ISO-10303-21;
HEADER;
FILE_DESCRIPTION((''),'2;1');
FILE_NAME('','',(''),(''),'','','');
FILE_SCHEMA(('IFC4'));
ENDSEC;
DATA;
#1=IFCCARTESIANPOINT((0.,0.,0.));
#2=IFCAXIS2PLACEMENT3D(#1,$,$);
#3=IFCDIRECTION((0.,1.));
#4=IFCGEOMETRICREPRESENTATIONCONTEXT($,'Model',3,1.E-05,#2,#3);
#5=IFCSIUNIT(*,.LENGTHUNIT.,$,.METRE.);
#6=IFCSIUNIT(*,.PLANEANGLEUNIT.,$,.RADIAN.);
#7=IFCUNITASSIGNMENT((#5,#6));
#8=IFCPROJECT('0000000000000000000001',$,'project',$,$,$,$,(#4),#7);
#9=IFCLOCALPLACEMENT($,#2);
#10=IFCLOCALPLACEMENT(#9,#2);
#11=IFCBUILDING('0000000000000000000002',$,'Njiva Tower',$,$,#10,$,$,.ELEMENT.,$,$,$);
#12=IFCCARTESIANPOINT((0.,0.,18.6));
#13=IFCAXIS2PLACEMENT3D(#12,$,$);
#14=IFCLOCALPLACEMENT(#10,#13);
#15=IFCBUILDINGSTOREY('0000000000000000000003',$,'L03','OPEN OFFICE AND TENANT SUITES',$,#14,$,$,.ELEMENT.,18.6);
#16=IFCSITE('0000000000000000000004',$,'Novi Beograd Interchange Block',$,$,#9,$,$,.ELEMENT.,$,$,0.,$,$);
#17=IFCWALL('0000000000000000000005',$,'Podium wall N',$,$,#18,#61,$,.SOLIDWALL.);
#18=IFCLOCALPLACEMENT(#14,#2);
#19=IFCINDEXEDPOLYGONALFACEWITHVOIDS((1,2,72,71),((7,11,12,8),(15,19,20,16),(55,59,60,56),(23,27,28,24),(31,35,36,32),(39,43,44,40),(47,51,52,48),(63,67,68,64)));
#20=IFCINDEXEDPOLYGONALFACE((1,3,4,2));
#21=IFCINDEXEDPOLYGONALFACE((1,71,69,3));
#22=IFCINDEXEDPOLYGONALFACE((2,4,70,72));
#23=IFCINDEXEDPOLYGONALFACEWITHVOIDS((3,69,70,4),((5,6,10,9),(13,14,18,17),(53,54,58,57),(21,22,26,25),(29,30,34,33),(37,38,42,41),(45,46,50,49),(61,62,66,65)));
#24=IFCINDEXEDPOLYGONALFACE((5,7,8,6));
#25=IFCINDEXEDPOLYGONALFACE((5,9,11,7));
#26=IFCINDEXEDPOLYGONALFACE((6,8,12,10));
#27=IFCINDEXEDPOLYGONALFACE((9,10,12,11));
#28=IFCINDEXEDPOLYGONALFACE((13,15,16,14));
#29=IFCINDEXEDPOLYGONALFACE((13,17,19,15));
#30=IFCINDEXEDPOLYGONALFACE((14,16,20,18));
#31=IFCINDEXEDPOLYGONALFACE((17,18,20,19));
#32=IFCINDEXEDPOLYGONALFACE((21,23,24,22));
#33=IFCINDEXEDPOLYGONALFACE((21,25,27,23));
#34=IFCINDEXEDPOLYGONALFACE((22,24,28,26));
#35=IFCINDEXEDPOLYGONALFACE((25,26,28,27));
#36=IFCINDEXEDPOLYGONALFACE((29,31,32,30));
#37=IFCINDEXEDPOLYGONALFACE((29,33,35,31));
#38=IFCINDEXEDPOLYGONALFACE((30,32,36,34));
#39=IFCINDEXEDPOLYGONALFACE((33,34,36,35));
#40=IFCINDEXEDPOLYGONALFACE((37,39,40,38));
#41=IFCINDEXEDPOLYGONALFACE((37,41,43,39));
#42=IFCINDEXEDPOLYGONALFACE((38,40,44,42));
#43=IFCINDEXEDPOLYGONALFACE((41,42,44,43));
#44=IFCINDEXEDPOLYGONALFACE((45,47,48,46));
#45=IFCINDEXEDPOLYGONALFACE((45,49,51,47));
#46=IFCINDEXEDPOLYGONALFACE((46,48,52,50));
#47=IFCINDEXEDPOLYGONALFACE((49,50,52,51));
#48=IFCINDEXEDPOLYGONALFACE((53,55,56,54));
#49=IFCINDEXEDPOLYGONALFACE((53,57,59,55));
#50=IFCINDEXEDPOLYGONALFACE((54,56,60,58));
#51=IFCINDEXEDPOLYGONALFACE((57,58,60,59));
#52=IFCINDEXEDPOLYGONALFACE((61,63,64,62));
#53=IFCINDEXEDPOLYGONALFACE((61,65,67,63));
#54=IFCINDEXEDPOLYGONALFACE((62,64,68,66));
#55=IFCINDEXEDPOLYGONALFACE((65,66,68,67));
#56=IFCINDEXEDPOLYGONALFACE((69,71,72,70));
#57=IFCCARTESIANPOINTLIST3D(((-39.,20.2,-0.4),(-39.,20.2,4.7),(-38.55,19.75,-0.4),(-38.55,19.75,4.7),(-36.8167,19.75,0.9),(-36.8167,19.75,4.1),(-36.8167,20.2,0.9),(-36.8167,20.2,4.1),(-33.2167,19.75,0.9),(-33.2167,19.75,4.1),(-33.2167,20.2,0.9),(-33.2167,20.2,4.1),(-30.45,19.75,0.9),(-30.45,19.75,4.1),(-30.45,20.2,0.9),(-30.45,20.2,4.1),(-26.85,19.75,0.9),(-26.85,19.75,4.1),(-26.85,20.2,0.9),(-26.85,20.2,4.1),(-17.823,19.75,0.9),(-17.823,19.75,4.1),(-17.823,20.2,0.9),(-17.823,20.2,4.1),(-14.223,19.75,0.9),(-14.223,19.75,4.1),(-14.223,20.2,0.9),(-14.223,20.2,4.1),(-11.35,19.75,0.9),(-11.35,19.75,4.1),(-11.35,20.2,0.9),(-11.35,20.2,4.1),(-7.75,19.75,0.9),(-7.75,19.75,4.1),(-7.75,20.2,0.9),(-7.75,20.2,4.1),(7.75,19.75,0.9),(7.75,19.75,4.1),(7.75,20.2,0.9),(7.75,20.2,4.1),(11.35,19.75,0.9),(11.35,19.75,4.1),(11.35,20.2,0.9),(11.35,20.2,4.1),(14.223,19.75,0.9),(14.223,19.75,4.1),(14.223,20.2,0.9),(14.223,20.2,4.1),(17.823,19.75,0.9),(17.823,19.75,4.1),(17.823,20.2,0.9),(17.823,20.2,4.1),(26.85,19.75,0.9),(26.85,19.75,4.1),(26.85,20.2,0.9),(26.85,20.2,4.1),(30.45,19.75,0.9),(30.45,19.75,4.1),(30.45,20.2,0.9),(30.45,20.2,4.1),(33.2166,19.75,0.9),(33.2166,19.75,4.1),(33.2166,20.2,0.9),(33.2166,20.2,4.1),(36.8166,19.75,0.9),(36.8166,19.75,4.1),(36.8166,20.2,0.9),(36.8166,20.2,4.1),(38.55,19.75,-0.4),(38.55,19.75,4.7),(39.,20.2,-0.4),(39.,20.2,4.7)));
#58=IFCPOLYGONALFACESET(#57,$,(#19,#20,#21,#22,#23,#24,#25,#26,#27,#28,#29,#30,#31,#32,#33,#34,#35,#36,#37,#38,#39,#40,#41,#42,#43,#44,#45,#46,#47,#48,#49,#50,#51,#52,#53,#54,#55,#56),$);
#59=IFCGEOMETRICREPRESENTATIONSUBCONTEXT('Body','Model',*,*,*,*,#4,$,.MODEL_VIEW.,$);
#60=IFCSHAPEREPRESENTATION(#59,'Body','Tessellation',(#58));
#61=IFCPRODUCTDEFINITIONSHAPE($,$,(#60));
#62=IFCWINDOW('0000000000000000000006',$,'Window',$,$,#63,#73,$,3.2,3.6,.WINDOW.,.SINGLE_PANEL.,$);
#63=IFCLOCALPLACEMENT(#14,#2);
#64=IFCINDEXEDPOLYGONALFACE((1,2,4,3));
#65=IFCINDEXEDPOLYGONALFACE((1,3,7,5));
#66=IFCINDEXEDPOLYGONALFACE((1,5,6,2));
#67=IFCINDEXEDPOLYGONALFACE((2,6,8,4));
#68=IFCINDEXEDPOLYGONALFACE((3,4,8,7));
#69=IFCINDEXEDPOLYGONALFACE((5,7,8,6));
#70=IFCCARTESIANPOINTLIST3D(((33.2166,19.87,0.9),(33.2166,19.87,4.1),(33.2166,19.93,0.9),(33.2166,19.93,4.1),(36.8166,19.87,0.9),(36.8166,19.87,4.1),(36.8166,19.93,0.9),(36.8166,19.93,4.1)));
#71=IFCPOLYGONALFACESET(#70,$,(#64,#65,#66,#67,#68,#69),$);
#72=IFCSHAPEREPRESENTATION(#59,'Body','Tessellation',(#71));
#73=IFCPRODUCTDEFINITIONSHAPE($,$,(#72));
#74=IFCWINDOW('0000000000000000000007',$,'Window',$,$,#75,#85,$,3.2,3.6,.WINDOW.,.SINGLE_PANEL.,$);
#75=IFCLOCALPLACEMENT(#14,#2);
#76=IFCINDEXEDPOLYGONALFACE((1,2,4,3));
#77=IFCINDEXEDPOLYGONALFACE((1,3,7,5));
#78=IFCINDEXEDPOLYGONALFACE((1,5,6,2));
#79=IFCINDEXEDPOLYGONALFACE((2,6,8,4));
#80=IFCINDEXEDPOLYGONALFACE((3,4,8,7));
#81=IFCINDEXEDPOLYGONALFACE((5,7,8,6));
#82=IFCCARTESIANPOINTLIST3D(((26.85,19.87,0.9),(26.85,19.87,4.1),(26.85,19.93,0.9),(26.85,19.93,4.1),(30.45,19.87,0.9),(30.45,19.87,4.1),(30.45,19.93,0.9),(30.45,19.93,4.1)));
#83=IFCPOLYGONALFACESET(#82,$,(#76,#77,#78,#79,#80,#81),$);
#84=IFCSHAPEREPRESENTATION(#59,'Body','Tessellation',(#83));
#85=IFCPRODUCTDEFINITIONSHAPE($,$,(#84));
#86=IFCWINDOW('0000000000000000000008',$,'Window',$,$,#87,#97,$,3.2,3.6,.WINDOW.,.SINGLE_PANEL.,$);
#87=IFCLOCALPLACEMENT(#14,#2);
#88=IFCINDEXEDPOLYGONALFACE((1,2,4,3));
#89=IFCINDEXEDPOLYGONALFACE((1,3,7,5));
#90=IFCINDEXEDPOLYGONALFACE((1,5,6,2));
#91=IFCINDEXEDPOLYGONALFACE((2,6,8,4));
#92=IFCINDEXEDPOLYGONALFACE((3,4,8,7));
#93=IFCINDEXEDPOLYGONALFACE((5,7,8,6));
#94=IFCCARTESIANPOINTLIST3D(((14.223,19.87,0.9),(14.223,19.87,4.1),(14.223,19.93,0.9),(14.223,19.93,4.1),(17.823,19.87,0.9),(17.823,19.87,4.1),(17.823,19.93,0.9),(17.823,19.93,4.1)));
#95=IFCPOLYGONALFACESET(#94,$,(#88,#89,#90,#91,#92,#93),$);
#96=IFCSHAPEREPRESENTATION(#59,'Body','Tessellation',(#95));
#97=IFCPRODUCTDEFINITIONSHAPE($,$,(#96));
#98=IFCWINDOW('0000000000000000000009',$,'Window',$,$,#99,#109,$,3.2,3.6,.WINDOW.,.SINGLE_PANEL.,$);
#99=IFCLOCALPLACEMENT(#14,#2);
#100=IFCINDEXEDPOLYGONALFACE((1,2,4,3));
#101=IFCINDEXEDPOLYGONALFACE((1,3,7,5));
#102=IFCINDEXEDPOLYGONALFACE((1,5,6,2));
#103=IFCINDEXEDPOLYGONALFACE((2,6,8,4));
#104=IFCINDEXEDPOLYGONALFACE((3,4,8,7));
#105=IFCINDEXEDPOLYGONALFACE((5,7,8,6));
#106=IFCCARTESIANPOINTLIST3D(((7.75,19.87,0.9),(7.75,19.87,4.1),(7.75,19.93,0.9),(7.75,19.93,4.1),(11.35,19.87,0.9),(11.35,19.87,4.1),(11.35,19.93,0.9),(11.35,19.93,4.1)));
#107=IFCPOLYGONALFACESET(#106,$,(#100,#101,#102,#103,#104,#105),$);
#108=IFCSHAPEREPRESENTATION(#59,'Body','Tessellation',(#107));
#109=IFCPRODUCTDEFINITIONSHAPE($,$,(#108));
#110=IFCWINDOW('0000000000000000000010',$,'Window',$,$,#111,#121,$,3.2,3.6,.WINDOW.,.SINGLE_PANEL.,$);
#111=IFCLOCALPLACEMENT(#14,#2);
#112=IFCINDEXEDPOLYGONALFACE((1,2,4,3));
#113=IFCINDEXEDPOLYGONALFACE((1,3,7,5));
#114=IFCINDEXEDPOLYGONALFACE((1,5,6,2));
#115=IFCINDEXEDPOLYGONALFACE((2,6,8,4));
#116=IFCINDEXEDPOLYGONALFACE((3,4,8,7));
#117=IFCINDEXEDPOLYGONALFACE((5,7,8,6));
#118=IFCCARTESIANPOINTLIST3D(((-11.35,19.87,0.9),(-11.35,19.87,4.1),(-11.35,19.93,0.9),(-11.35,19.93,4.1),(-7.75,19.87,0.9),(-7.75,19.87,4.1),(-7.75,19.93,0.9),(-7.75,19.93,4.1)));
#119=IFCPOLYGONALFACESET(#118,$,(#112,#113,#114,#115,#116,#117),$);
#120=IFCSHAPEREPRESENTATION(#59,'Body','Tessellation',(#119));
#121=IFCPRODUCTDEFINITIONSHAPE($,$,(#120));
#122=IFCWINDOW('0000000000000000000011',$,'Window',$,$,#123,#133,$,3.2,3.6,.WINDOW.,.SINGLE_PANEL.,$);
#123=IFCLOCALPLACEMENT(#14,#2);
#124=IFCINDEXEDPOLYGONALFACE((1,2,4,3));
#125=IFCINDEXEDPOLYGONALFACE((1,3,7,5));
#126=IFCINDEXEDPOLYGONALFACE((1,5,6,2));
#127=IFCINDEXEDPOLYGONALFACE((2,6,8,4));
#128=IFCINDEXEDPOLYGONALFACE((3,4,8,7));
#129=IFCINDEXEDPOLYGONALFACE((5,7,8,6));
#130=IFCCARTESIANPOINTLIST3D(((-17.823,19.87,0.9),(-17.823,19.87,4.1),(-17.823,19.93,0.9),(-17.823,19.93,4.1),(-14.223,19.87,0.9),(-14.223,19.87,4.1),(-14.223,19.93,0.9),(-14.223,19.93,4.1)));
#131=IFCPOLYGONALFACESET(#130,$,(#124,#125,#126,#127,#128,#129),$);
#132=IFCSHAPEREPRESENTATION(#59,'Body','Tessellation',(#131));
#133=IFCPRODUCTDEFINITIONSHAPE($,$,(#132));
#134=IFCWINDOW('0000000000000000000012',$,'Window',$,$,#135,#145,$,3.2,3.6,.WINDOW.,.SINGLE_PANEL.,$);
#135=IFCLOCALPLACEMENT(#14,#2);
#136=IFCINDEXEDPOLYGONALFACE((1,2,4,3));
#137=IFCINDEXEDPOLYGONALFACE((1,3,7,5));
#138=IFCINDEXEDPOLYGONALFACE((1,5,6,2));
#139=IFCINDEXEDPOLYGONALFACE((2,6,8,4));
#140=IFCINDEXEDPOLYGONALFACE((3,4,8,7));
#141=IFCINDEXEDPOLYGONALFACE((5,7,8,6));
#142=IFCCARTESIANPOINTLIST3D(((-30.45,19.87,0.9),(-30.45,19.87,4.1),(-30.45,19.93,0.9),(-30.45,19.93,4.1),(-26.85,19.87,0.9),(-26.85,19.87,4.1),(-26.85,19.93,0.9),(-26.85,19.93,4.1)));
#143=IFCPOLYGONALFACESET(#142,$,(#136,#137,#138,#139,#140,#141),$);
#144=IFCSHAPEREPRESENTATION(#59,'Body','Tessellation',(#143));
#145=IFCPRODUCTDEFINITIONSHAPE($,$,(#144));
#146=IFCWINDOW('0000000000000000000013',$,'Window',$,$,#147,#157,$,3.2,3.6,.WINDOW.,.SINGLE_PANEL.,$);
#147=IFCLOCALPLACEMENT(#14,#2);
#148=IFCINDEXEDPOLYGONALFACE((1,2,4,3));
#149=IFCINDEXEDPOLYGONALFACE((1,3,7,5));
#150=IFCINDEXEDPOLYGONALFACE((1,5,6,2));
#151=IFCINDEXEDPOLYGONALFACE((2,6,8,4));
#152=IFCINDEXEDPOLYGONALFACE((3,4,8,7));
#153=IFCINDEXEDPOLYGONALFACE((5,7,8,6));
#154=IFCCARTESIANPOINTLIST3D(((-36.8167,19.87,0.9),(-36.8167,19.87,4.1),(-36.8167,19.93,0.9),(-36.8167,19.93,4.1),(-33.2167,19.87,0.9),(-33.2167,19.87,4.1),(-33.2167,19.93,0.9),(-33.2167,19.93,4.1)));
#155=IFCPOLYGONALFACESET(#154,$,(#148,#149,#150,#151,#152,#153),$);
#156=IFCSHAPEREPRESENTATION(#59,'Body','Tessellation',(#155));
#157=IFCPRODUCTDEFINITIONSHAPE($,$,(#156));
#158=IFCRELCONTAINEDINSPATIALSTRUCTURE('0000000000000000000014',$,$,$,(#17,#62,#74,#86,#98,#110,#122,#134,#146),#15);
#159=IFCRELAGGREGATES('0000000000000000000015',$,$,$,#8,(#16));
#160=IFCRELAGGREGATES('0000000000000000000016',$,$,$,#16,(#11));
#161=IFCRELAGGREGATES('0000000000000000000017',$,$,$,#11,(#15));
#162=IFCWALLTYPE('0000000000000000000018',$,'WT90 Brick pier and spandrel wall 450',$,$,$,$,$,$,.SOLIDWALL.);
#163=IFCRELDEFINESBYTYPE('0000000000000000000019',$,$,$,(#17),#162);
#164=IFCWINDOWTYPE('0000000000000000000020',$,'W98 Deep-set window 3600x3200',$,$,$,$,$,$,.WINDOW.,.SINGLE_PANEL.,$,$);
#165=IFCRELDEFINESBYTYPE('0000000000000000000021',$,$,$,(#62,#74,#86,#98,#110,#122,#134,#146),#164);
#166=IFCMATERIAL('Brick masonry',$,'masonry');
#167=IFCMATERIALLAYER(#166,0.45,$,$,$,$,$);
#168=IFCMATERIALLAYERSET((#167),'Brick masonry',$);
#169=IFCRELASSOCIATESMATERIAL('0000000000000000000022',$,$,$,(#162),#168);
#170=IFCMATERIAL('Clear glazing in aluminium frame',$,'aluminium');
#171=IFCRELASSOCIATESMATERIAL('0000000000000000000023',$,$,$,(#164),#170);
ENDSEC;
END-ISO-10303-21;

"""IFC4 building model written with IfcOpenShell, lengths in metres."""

from ifc_helpers import new_model, si_unit, direction, frame, frame_2d, origin, place, context, subcontext, project, spatial, polyline, rectangle, outline, extrude, material, layer, layer_set, type_object, element, fill, save


model = new_model("IFC4")

# Units and contexts
model_context = context("Model", 3, precision=1e-05, world=origin(), true_north=direction((0.0, 1.0)))
body_context = subcontext(model_context, "Body", "Model", "MODEL_VIEW")
ifc_project = project(units=[si_unit("LENGTHUNIT", "METRE"), si_unit("PLANEANGLEUNIT", "RADIAN")], contexts=[model_context])

# Site, building, storey
site_placement = place(None, origin())
site = spatial("IfcSite", under=ifc_project, at=site_placement, Name="Novi Beograd Interchange Block", CompositionType="ELEMENT", RefElevation=0.0)
building_placement = place(site_placement, origin())
building = spatial("IfcBuilding", under=site, at=building_placement, Name="Njiva Tower", CompositionType="ELEMENT")
storey_placement = place(building_placement, frame((0.0, 0.0, 18.6)))
storey = spatial("IfcBuildingStorey", under=building, at=storey_placement, Name="L03", Description="OPEN OFFICE AND TENANT SUITES", CompositionType="ELEMENT", Elevation=18.6)

# Wall, openings, windows
ifc_material_1 = material(Name="Brick masonry", Category="masonry")
ifc_layer_1 = layer(ifc_material_1, 0.45)
ifc_layer_set_1 = layer_set([ifc_layer_1], Name="Brick masonry")
wall_type_1 = type_object("IfcWallType", Name="WT90 Brick pier and spandrel wall 450", PredefinedType="SOLIDWALL", material=ifc_layer_set_1)
wall_1_placement = place(storey_placement, frame((38.775, 19.975, -0.4), z_axis=(0.0, 0.0, 1.0), x_axis=(-1.0, 0.0, 0.0)))
wall_1 = element("IfcWall", 1, at=wall_1_placement, inside=storey, type_object=wall_type_1, Name="Podium wall N", PredefinedType="SOLIDWALL", context=body_context, shape_type="SweptSolid", body=[
    extrude(outline(polyline([(-0.225, -0.225), (77.775, -0.225), (77.325, 0.225), (0.225, 0.225), (-0.225, -0.225)])), origin(), (0.0, 0.0, 1.0), 5.1),
])
opening_1_placement = place(wall_1_placement, frame((1.9584, 0.0, 1.3)))
opening_1 = element("IfcOpeningElement", 2, at=opening_1_placement, cuts=wall_1, PredefinedType="OPENING", context=body_context, shape_type="SweptSolid", body=[
    extrude(rectangle(XDim=3.6, YDim=3.2, at=frame_2d((1.8, 1.6))), frame((0.0, 0.235, 0.0), z_axis=(0.0, -1.0, 0.0), x_axis=(1.0, 0.0, 0.0)), (0.0, 0.0, 1.0), 0.47),
])
opening_2_placement = place(wall_1_placement, frame((8.325, 0.0, 1.3)))
opening_2 = element("IfcOpeningElement", 3, at=opening_2_placement, cuts=wall_1, PredefinedType="OPENING", context=body_context, shape_type="SweptSolid", body=[
    extrude(rectangle(XDim=3.6, YDim=3.2, at=frame_2d((1.8, 1.6))), frame((0.0, 0.235, 0.0), z_axis=(0.0, -1.0, 0.0), x_axis=(1.0, 0.0, 0.0)), (0.0, 0.0, 1.0), 0.47),
])
opening_3_placement = place(wall_1_placement, frame((20.952, 0.0, 1.3)))
opening_3 = element("IfcOpeningElement", 4, at=opening_3_placement, cuts=wall_1, PredefinedType="OPENING", context=body_context, shape_type="SweptSolid", body=[
    extrude(rectangle(XDim=3.6, YDim=3.2, at=frame_2d((1.8, 1.6))), frame((0.0, 0.235, 0.0), z_axis=(0.0, -1.0, 0.0), x_axis=(1.0, 0.0, 0.0)), (0.0, 0.0, 1.0), 0.47),
])
opening_4_placement = place(wall_1_placement, frame((27.425, 0.0, 1.3)))
opening_4 = element("IfcOpeningElement", 5, at=opening_4_placement, cuts=wall_1, PredefinedType="OPENING", context=body_context, shape_type="SweptSolid", body=[
    extrude(rectangle(XDim=3.6, YDim=3.2, at=frame_2d((1.8, 1.6))), frame((0.0, 0.235, 0.0), z_axis=(0.0, -1.0, 0.0), x_axis=(1.0, 0.0, 0.0)), (0.0, 0.0, 1.0), 0.47),
])
opening_5_placement = place(wall_1_placement, frame((46.525, 0.0, 1.3)))
opening_5 = element("IfcOpeningElement", 6, at=opening_5_placement, cuts=wall_1, PredefinedType="OPENING", context=body_context, shape_type="SweptSolid", body=[
    extrude(rectangle(XDim=3.6, YDim=3.2, at=frame_2d((1.8, 1.6))), frame((0.0, 0.235, 0.0), z_axis=(0.0, -1.0, 0.0), x_axis=(1.0, 0.0, 0.0)), (0.0, 0.0, 1.0), 0.47),
])
opening_6_placement = place(wall_1_placement, frame((52.998, 0.0, 1.3)))
opening_6 = element("IfcOpeningElement", 7, at=opening_6_placement, cuts=wall_1, PredefinedType="OPENING", context=body_context, shape_type="SweptSolid", body=[
    extrude(rectangle(XDim=3.6, YDim=3.2, at=frame_2d((1.8, 1.6))), frame((0.0, 0.235, 0.0), z_axis=(0.0, -1.0, 0.0), x_axis=(1.0, 0.0, 0.0)), (0.0, 0.0, 1.0), 0.47),
])
opening_7_placement = place(wall_1_placement, frame((65.625, 0.0, 1.3)))
opening_7 = element("IfcOpeningElement", 8, at=opening_7_placement, cuts=wall_1, PredefinedType="OPENING", context=body_context, shape_type="SweptSolid", body=[
    extrude(rectangle(XDim=3.6, YDim=3.2, at=frame_2d((1.8, 1.6))), frame((0.0, 0.235, 0.0), z_axis=(0.0, -1.0, 0.0), x_axis=(1.0, 0.0, 0.0)), (0.0, 0.0, 1.0), 0.47),
])
opening_8_placement = place(wall_1_placement, frame((71.9917, 0.0, 1.3)))
opening_8 = element("IfcOpeningElement", 9, at=opening_8_placement, cuts=wall_1, PredefinedType="OPENING", context=body_context, shape_type="SweptSolid", body=[
    extrude(rectangle(XDim=3.6, YDim=3.2, at=frame_2d((1.8, 1.6))), frame((0.0, 0.235, 0.0), z_axis=(0.0, -1.0, 0.0), x_axis=(1.0, 0.0, 0.0)), (0.0, 0.0, 1.0), 0.47),
])
ifc_material_2 = material(Name="Clear glazing in aluminium frame", Category="aluminium")
window_type = type_object("IfcWindowType", Name="W98 Deep-set window 3600x3200", PartitioningType="SINGLE_PANEL", PredefinedType="WINDOW", material=ifc_material_2)
window_1_placement = place(opening_1_placement, origin())
window_1 = element("IfcWindow", 10, at=window_1_placement, inside=storey, type_object=window_type, Name="Window", OverallHeight=3.2, OverallWidth=3.6, PartitioningType="SINGLE_PANEL", PredefinedType="WINDOW", context=body_context, shape_type="SweptSolid", body=[
    extrude(rectangle(XDim=3.6, YDim=3.2, at=frame_2d((1.8, 1.6))), frame((0.0, 0.105, 0.0), z_axis=(0.0, -1.0, 0.0), x_axis=(1.0, 0.0, 0.0)), (0.0, 0.0, 1.0), 0.06),
])
fill(opening_1, window_1)
window_2_placement = place(opening_2_placement, origin())
window_2 = element("IfcWindow", 11, at=window_2_placement, inside=storey, type_object=window_type, Name="Window", OverallHeight=3.2, OverallWidth=3.6, PartitioningType="SINGLE_PANEL", PredefinedType="WINDOW", context=body_context, shape_type="SweptSolid", body=[
    extrude(rectangle(XDim=3.6, YDim=3.2, at=frame_2d((1.8, 1.6))), frame((0.0, 0.105, 0.0), z_axis=(0.0, -1.0, 0.0), x_axis=(1.0, 0.0, 0.0)), (0.0, 0.0, 1.0), 0.06),
])
fill(opening_2, window_2)
window_3_placement = place(opening_3_placement, origin())
window_3 = element("IfcWindow", 12, at=window_3_placement, inside=storey, type_object=window_type, Name="Window", OverallHeight=3.2, OverallWidth=3.6, PartitioningType="SINGLE_PANEL", PredefinedType="WINDOW", context=body_context, shape_type="SweptSolid", body=[
    extrude(rectangle(XDim=3.6, YDim=3.2, at=frame_2d((1.8, 1.6))), frame((0.0, 0.105, 0.0), z_axis=(0.0, -1.0, 0.0), x_axis=(1.0, 0.0, 0.0)), (0.0, 0.0, 1.0), 0.06),
])
fill(opening_3, window_3)
window_4_placement = place(opening_4_placement, origin())
window_4 = element("IfcWindow", 13, at=window_4_placement, inside=storey, type_object=window_type, Name="Window", OverallHeight=3.2, OverallWidth=3.6, PartitioningType="SINGLE_PANEL", PredefinedType="WINDOW", context=body_context, shape_type="SweptSolid", body=[
    extrude(rectangle(XDim=3.6, YDim=3.2, at=frame_2d((1.8, 1.6))), frame((0.0, 0.105, 0.0), z_axis=(0.0, -1.0, 0.0), x_axis=(1.0, 0.0, 0.0)), (0.0, 0.0, 1.0), 0.06),
])
fill(opening_4, window_4)
window_5_placement = place(opening_5_placement, origin())
window_5 = element("IfcWindow", 14, at=window_5_placement, inside=storey, type_object=window_type, Name="Window", OverallHeight=3.2, OverallWidth=3.6, PartitioningType="SINGLE_PANEL", PredefinedType="WINDOW", context=body_context, shape_type="SweptSolid", body=[
    extrude(rectangle(XDim=3.6, YDim=3.2, at=frame_2d((1.8, 1.6))), frame((0.0, 0.105, 0.0), z_axis=(0.0, -1.0, 0.0), x_axis=(1.0, 0.0, 0.0)), (0.0, 0.0, 1.0), 0.06),
])
fill(opening_5, window_5)
window_6_placement = place(opening_6_placement, origin())
window_6 = element("IfcWindow", 15, at=window_6_placement, inside=storey, type_object=window_type, Name="Window", OverallHeight=3.2, OverallWidth=3.6, PartitioningType="SINGLE_PANEL", PredefinedType="WINDOW", context=body_context, shape_type="SweptSolid", body=[
    extrude(rectangle(XDim=3.6, YDim=3.2, at=frame_2d((1.8, 1.6))), frame((0.0, 0.105, 0.0), z_axis=(0.0, -1.0, 0.0), x_axis=(1.0, 0.0, 0.0)), (0.0, 0.0, 1.0), 0.06),
])
fill(opening_6, window_6)
window_7_placement = place(opening_7_placement, origin())
window_7 = element("IfcWindow", 16, at=window_7_placement, inside=storey, type_object=window_type, Name="Window", OverallHeight=3.2, OverallWidth=3.6, PartitioningType="SINGLE_PANEL", PredefinedType="WINDOW", context=body_context, shape_type="SweptSolid", body=[
    extrude(rectangle(XDim=3.6, YDim=3.2, at=frame_2d((1.8, 1.6))), frame((0.0, 0.105, 0.0), z_axis=(0.0, -1.0, 0.0), x_axis=(1.0, 0.0, 0.0)), (0.0, 0.0, 1.0), 0.06),
])
fill(opening_7, window_7)
window_8_placement = place(opening_8_placement, origin())
window_8 = element("IfcWindow", 17, at=window_8_placement, inside=storey, type_object=window_type, Name="Window", OverallHeight=3.2, OverallWidth=3.6, PartitioningType="SINGLE_PANEL", PredefinedType="WINDOW", context=body_context, shape_type="SweptSolid", body=[
    extrude(rectangle(XDim=3.6, YDim=3.2, at=frame_2d((1.8, 1.6))), frame((0.0, 0.105, 0.0), z_axis=(0.0, -1.0, 0.0), x_axis=(1.0, 0.0, 0.0)), (0.0, 0.0, 1.0), 0.06),
])
fill(opening_8, window_8)

save(model, "model.ifc")
